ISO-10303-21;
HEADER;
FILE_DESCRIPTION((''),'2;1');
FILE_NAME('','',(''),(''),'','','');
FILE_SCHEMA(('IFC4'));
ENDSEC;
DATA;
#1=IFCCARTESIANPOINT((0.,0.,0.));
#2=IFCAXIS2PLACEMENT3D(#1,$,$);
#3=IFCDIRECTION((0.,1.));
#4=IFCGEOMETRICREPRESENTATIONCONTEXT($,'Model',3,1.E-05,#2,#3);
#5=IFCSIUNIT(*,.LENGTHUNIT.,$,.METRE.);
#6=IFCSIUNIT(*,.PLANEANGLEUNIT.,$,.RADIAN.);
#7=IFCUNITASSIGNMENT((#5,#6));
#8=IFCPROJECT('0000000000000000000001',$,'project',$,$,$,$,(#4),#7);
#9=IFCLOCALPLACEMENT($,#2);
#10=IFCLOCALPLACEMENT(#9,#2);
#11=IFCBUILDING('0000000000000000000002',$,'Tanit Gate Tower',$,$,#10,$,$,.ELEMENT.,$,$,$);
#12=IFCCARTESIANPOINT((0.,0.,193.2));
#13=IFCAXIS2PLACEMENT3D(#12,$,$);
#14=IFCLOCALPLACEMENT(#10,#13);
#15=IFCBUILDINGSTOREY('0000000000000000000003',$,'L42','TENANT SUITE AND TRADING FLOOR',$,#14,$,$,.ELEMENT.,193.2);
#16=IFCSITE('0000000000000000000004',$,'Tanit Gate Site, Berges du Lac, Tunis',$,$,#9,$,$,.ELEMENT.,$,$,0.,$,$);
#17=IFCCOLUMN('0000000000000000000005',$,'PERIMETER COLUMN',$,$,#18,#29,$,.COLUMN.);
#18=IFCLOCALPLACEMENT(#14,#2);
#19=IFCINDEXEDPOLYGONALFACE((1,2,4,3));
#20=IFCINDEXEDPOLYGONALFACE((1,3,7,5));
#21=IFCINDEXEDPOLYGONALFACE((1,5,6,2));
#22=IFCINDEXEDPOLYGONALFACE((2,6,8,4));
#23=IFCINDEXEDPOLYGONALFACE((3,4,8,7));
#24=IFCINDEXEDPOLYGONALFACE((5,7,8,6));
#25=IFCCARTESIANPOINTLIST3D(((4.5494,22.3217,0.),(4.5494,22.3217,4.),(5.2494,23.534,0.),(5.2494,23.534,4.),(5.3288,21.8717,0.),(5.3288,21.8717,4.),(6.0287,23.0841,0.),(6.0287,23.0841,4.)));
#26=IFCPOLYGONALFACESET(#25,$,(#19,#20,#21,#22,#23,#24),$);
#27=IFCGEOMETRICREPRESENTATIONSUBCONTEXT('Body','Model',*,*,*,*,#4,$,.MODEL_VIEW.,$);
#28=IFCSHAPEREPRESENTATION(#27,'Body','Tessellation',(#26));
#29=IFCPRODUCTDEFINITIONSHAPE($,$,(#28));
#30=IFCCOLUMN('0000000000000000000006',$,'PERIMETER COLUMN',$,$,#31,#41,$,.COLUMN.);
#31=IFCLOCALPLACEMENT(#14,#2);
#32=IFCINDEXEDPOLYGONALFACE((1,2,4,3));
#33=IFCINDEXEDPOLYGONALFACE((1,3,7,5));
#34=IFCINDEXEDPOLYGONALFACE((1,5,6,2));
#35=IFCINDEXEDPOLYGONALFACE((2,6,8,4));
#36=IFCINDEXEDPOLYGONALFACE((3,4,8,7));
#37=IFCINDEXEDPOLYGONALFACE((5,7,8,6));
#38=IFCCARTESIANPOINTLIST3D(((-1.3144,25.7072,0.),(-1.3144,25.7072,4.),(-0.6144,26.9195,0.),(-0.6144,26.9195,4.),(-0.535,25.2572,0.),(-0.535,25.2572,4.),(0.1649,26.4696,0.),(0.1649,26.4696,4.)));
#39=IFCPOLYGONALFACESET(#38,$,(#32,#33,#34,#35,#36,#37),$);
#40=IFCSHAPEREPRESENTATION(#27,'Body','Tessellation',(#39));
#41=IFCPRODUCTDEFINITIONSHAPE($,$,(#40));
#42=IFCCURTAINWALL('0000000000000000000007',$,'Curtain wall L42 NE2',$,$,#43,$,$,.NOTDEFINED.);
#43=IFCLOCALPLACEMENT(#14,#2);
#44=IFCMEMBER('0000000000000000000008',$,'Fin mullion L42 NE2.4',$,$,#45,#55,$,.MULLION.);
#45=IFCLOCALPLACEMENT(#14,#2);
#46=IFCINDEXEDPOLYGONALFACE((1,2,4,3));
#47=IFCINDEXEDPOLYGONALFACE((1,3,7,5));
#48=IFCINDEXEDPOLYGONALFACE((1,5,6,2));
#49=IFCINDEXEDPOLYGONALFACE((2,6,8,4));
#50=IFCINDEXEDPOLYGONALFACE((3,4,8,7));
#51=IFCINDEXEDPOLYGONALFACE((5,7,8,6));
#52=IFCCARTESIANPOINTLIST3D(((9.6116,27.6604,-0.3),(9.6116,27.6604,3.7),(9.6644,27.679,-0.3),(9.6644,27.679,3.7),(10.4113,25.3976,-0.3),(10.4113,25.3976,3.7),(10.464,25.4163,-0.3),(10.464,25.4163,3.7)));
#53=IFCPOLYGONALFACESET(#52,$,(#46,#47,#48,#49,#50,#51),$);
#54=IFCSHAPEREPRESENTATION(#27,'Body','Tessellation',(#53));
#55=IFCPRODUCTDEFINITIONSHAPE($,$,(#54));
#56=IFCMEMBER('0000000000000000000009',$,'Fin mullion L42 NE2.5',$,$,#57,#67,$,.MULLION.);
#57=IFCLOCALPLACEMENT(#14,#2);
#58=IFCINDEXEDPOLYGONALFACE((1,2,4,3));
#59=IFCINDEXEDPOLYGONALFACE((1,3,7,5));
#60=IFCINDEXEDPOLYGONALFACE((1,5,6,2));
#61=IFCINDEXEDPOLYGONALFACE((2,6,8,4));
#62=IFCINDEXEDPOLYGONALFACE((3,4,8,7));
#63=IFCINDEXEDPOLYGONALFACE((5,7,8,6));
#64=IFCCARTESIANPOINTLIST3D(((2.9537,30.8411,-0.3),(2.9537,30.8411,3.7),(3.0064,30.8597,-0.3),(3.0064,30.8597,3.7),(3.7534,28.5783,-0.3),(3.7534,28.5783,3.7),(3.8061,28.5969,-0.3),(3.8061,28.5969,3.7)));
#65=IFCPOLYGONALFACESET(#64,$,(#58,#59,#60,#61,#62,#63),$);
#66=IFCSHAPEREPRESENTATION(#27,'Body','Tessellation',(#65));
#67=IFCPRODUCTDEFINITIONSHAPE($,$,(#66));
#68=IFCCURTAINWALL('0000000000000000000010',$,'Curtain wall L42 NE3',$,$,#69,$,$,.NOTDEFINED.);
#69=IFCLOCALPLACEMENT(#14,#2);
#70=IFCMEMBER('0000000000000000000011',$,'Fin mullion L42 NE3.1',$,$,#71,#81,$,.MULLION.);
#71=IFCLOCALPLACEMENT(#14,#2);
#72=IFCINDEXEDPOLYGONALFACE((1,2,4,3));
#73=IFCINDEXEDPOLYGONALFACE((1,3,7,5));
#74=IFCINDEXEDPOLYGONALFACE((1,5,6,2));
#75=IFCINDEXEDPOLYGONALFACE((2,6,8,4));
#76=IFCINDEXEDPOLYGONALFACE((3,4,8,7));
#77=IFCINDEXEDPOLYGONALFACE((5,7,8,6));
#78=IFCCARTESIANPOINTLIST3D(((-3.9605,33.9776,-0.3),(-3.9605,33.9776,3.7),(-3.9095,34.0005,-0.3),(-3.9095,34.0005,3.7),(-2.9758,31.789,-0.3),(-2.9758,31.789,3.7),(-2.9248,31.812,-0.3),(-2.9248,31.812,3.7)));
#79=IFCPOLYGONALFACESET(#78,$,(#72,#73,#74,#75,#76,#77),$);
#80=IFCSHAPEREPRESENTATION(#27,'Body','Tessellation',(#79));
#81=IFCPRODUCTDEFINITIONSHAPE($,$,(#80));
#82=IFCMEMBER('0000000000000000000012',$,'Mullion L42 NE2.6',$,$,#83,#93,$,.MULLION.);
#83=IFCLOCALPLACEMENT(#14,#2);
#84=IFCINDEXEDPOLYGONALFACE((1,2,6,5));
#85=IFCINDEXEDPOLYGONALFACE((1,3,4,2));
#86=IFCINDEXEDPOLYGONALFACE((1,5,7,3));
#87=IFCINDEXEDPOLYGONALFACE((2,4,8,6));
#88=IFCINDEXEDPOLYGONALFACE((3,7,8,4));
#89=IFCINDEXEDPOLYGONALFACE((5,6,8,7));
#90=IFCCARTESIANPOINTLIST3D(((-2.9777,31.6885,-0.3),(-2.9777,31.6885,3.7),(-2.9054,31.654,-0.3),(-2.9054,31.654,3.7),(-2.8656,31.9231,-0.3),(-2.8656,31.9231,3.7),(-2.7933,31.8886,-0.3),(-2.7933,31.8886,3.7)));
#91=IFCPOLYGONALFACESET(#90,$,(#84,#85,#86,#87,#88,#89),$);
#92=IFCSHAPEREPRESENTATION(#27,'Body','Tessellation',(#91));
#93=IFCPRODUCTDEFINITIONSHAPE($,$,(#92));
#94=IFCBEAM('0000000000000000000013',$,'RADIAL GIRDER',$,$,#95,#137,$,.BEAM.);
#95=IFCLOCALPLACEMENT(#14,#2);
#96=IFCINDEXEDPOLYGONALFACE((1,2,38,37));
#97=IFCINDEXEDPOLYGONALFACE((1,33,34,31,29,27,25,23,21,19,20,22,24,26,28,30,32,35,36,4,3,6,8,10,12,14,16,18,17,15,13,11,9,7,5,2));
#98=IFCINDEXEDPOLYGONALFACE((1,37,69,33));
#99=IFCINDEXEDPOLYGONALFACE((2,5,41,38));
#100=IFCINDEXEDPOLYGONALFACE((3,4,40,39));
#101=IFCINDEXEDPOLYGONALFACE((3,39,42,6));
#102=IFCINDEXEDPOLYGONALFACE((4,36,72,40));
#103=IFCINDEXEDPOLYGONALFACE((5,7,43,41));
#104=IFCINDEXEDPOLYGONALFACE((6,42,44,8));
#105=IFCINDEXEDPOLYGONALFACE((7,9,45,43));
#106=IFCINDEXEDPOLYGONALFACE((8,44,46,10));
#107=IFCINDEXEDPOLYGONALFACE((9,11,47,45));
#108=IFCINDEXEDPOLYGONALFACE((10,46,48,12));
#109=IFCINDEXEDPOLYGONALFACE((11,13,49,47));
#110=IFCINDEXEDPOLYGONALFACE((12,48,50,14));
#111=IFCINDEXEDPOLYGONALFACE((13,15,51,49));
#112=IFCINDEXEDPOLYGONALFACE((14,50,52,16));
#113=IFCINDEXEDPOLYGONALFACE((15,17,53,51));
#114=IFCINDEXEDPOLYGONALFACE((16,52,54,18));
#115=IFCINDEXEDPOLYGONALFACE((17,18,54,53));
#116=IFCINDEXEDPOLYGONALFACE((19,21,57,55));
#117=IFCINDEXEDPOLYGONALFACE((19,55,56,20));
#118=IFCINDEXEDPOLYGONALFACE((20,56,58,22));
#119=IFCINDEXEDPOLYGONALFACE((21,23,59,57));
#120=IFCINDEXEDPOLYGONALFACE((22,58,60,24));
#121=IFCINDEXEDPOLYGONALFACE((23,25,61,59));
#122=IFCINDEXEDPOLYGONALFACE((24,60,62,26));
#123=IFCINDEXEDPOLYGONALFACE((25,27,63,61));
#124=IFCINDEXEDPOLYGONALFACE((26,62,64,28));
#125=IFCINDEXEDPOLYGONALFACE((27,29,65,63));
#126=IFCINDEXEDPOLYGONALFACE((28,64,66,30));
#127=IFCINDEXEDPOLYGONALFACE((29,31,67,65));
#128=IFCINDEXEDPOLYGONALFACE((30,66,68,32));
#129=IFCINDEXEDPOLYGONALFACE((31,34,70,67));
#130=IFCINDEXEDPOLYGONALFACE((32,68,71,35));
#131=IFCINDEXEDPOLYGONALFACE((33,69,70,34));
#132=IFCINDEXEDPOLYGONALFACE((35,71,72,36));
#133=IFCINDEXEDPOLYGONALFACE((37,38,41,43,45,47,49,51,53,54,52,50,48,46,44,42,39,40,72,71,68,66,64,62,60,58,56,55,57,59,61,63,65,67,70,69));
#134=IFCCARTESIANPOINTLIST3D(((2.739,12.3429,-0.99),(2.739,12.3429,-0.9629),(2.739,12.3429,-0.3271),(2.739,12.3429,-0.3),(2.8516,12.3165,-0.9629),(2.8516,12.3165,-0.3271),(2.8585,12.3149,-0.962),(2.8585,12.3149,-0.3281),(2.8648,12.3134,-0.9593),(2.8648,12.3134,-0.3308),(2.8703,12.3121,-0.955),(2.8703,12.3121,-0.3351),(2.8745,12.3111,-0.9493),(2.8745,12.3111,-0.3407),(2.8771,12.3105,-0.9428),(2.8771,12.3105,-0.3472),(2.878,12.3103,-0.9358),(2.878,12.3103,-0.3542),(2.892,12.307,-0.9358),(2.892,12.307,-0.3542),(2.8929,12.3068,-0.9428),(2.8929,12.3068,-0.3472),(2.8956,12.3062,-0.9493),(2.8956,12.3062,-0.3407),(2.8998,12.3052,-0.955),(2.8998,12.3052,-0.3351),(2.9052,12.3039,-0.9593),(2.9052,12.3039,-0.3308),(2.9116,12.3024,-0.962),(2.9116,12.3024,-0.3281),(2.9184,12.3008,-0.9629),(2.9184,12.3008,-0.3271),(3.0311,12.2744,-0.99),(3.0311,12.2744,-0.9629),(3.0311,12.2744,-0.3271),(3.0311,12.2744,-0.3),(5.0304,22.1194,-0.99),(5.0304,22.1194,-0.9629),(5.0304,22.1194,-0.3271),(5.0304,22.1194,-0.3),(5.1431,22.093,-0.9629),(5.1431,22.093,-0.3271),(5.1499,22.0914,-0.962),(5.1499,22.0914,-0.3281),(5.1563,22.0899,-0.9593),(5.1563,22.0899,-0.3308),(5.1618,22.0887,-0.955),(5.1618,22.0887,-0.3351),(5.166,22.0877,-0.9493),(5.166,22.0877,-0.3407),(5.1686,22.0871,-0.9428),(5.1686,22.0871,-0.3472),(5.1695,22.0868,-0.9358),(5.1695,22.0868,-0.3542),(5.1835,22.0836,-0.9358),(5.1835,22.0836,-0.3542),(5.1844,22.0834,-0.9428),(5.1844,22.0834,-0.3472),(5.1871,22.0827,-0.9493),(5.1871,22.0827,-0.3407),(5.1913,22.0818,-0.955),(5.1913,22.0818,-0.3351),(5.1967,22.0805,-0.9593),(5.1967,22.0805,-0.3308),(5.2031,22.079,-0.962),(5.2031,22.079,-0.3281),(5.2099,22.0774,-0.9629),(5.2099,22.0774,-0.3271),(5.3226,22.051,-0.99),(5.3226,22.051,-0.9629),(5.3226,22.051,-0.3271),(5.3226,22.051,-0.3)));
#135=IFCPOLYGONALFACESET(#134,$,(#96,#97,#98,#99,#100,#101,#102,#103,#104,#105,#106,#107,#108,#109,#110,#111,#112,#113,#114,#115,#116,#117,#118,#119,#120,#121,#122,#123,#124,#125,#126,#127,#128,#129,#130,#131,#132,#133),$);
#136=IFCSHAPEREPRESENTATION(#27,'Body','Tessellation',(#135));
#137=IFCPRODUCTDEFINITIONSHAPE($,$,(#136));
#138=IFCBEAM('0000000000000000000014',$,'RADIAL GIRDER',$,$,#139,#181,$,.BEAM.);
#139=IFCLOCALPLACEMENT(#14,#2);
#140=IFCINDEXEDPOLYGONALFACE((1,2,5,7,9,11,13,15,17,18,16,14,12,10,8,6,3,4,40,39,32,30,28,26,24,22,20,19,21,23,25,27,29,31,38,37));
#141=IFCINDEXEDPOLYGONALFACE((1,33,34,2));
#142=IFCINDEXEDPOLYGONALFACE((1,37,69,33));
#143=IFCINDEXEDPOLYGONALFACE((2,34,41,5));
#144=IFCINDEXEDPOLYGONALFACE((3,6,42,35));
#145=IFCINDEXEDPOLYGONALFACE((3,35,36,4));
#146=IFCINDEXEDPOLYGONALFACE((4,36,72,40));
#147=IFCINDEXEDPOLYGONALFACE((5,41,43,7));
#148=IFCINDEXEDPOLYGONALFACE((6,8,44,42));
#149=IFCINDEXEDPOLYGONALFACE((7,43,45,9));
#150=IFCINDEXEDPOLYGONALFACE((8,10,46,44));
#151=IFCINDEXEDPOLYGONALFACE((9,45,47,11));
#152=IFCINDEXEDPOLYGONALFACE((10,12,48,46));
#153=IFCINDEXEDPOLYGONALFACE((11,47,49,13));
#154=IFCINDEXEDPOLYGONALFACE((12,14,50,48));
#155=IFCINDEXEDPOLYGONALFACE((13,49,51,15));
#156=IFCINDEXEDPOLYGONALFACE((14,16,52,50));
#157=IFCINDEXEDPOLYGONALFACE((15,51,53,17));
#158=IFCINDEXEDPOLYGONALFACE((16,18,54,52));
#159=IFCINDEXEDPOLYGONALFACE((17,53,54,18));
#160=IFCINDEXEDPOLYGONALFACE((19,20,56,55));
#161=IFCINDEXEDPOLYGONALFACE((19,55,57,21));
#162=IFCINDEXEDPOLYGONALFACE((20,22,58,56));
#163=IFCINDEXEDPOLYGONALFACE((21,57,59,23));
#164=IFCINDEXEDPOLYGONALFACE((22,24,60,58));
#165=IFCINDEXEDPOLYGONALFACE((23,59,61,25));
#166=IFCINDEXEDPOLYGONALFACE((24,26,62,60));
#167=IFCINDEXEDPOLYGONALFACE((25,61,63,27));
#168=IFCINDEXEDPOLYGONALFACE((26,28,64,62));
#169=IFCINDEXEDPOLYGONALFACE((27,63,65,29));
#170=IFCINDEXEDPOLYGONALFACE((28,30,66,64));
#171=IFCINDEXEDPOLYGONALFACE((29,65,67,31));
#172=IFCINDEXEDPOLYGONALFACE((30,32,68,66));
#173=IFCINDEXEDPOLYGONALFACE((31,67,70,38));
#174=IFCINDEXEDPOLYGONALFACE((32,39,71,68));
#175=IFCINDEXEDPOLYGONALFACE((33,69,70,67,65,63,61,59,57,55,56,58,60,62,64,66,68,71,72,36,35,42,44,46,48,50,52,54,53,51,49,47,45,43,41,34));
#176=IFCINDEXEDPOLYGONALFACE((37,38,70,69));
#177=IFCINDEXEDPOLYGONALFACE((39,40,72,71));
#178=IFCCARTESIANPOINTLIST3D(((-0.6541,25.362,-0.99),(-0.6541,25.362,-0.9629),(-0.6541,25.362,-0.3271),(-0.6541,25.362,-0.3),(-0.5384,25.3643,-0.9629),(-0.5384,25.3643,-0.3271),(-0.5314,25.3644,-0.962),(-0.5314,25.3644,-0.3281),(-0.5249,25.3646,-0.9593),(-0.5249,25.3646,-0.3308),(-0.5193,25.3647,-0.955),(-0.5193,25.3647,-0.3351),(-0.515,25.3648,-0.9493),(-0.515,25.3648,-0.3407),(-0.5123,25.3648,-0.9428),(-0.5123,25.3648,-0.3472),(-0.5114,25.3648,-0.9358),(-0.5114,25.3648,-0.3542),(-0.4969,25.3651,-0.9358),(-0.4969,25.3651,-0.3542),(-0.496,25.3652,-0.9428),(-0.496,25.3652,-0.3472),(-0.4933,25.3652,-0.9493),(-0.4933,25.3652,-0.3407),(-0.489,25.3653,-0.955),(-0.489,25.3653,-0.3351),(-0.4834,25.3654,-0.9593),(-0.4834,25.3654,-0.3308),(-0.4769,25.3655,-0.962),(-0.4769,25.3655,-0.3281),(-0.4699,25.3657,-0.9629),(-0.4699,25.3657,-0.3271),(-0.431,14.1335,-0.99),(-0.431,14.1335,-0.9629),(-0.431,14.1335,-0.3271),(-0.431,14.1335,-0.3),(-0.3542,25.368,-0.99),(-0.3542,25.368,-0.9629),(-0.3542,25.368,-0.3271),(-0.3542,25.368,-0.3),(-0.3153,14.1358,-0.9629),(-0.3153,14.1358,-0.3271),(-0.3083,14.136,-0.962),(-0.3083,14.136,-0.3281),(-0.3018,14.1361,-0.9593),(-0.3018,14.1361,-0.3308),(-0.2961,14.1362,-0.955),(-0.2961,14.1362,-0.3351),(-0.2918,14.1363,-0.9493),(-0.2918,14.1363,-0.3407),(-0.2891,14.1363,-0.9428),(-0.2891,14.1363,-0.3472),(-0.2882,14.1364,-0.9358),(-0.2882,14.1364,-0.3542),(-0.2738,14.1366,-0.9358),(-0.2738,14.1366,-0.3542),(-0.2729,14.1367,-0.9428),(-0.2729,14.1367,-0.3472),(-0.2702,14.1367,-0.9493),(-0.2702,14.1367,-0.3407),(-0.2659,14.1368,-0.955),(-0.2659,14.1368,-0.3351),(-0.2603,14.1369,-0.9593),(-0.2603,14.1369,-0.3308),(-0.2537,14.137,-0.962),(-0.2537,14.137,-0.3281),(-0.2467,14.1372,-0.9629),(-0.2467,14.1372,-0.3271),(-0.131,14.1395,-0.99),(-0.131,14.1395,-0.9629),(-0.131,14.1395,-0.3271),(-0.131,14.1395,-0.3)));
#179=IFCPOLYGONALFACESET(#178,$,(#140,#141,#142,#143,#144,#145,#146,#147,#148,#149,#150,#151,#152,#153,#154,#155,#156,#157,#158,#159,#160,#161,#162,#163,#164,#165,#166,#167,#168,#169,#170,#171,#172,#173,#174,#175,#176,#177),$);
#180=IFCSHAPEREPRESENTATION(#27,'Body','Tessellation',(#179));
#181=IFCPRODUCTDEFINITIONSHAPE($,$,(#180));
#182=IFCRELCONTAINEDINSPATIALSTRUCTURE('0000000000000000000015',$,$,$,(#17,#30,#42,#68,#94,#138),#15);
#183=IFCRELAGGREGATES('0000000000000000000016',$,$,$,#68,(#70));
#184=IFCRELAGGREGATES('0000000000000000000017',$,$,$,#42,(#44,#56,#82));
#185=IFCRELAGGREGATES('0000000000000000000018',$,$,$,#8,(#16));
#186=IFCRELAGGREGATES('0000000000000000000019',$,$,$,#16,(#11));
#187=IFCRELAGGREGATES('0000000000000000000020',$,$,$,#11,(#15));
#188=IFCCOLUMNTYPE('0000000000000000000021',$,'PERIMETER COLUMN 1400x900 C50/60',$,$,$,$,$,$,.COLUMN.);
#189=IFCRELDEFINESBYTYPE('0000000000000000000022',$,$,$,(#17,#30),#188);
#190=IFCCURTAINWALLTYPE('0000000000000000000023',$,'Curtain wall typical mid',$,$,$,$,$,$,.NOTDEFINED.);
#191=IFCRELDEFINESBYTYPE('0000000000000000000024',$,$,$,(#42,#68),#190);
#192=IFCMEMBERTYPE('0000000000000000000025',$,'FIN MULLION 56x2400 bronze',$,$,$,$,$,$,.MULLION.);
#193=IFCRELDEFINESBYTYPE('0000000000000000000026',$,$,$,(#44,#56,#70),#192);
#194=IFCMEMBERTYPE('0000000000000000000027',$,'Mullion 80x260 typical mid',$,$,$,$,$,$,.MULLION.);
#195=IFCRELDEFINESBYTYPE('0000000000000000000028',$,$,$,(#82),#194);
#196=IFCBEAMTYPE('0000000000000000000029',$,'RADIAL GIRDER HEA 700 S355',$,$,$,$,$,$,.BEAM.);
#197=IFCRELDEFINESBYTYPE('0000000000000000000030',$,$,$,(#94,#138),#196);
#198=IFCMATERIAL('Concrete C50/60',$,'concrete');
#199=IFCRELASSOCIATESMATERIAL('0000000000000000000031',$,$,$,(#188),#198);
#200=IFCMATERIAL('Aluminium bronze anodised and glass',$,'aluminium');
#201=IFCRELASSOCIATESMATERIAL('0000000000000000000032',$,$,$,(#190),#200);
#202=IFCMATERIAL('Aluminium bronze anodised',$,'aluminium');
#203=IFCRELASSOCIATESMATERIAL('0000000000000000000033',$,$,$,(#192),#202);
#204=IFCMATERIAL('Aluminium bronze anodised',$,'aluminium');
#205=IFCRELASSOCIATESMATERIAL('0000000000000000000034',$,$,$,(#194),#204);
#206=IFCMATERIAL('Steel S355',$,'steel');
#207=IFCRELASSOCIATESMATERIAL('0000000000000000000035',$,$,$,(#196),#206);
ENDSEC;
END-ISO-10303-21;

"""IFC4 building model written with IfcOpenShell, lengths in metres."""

from ifc_helpers import new_model, si_unit, direction, frame, origin, origin_2d, place, context, subcontext, project, spatial, rectangle, i_section, extrude, material, material_profile, profile_set, type_object, element, aggregate, save


model = new_model("IFC4")

# Units and contexts
model_context = context("Model", 3, precision=1e-05, world=origin(), true_north=direction((0.0, 1.0)))
body_context = subcontext(model_context, "Body", "Model", "MODEL_VIEW")
ifc_project = project(units=[si_unit("LENGTHUNIT", "METRE"), si_unit("PLANEANGLEUNIT", "RADIAN")], contexts=[model_context])

# Site, building, storey
site_placement = place(None, origin())
site = spatial("IfcSite", under=ifc_project, at=site_placement, Name="Tanit Gate Site, Berges du Lac, Tunis", CompositionType="ELEMENT", RefElevation=0.0)
building_placement = place(site_placement, origin())
building = spatial("IfcBuilding", under=site, at=building_placement, Name="Tanit Gate Tower", CompositionType="ELEMENT")
storey_placement = place(building_placement, frame((0.0, 0.0, 193.2)))
storey = spatial("IfcBuildingStorey", under=building, at=storey_placement, Name="L42", Description="TENANT SUITE AND TRADING FLOOR", CompositionType="ELEMENT", Elevation=193.2)

# Columns
ifc_material_1 = material(Name="Concrete C50/60", Category="concrete")
ifc_material_profile_1 = material_profile(ifc_material_1, rectangle(XDim=1.3999, YDim=0.8999, at=origin_2d()), Name="RC 1400x900")
ifc_profile_set_1 = profile_set([ifc_material_profile_1], Name="Concrete C50/60")
column_type = type_object("IfcColumnType", Name="PERIMETER COLUMN 1400x900 C50/60", PredefinedType="COLUMN", material=ifc_profile_set_1)
for number, where, z_axis, x_axis, name in (
    (1, (5.2891, 22.7029, 0.0), (0.0, 0.0, 1.0), (0.5, 0.866025, 0.0), "PERIMETER COLUMN"),
    (2, (-0.5747, 26.0884, 0.0), (0.0, 0.0, 1.0), (0.5, 0.866025, 0.0), "PERIMETER COLUMN"),
):
    element("IfcColumn", number, at=place(storey_placement, frame(where, z_axis=z_axis, x_axis=x_axis)), inside=storey, type_object=column_type, Name=name, PredefinedType="COLUMN", context=body_context, shape_type="SweptSolid", body=[
        extrude(rectangle(XDim=1.3999, YDim=0.8999, at=origin_2d()), origin(), (0.0, 0.0, 1.0), 4.0),
    ])

# Curtain wall, members
ifc_material_2 = material(Name="Aluminium bronze anodised and glass", Category="aluminium")
curtain_wall_type = type_object("IfcCurtainWallType", Name="Curtain wall typical mid", PredefinedType="NOTDEFINED", material=ifc_material_2)
curtain_wall_1_placement = place(storey_placement, origin())
curtain_wall_1 = element("IfcCurtainWall", 3, at=curtain_wall_1_placement, inside=storey, type_object=curtain_wall_type, Name="Curtain wall L42 NE2", PredefinedType="NOTDEFINED")
ifc_material_3 = material(Name="Aluminium bronze anodised", Category="aluminium")
ifc_material_profile_2 = material_profile(ifc_material_3, rectangle(XDim=2.3999, YDim=0.0559, at=origin_2d()), Name="56x2400 bronze fin mullion")
ifc_profile_set_2 = profile_set([ifc_material_profile_2], Name="Aluminium bronze anodised")
member_type_1 = type_object("IfcMemberType", Name="FIN MULLION 56x2400 bronze", PredefinedType="MULLION", material=ifc_profile_set_2)
member_1_placement = place(storey_placement, frame((10.0378, 26.5383, -0.3), z_axis=(0.0, 0.0, 1.0), x_axis=(0.33322, -0.942849, 0.0)))
member_1 = element("IfcMember", 4, at=member_1_placement, type_object=member_type_1, Name="Fin mullion L42 NE2.4", PredefinedType="MULLION", context=body_context, shape_type="SweptSolid", body=[
    extrude(rectangle(XDim=2.3999, YDim=0.0559, at=origin_2d()), origin(), (0.0, 0.0, 1.0), 4.0),
])
member_2_placement = place(storey_placement, frame((3.3799, 29.719, -0.3), z_axis=(0.0, 0.0, 1.0), x_axis=(0.33322, -0.942849, 0.0)))
member_2 = element("IfcMember", 5, at=member_2_placement, type_object=member_type_1, Name="Fin mullion L42 NE2.5", PredefinedType="MULLION", context=body_context, shape_type="SweptSolid", body=[
    extrude(rectangle(XDim=2.3999, YDim=0.0559, at=origin_2d()), origin(), (0.0, 0.0, 1.0), 4.0),
])

# Curtain wall, member
curtain_wall_2_placement = place(storey_placement, origin())
curtain_wall_2 = element("IfcCurtainWall", 6, at=curtain_wall_2_placement, inside=storey, type_object=curtain_wall_type, Name="Curtain wall L42 NE3", PredefinedType="NOTDEFINED")
member_3_placement = place(storey_placement, frame((-3.4426, 32.8948, -0.3), z_axis=(0.0, 0.0, 1.0), x_axis=(0.41031, -0.911946, 0.0)))
member_3 = element("IfcMember", 7, at=member_3_placement, type_object=member_type_1, Name="Fin mullion L42 NE3.1", PredefinedType="MULLION", context=body_context, shape_type="SweptSolid", body=[
    extrude(rectangle(XDim=2.3999, YDim=0.0559, at=origin_2d()), origin(), (0.0, 0.0, 1.0), 4.0),
])

# Member
ifc_material_4 = material(Name="Aluminium bronze anodised", Category="aluminium")
ifc_material_profile_3 = material_profile(ifc_material_4, rectangle(XDim=0.26, YDim=0.0801, at=origin_2d()), Name="80x260 bronze mullion")
ifc_profile_set_3 = profile_set([ifc_material_profile_3], Name="Aluminium bronze anodised")
member_type_2 = type_object("IfcMemberType", Name="Mullion 80x260 typical mid", PredefinedType="MULLION", material=ifc_profile_set_3)
member_4_placement = place(storey_placement, frame((-2.8855, 31.7886, -0.3), z_axis=(0.0, 0.0, 1.0), x_axis=(-0.431073, -0.902317, 0.0)))
member_4 = element("IfcMember", 8, at=member_4_placement, type_object=member_type_2, Name="Mullion L42 NE2.6", PredefinedType="MULLION", context=body_context, shape_type="SweptSolid", body=[
    extrude(rectangle(XDim=0.26, YDim=0.0801, at=origin_2d()), origin(), (0.0, 0.0, 1.0), 4.0),
])

# Beams
ifc_material_5 = material(Name="Steel S355", Category="steel")
ifc_material_profile_4 = material_profile(ifc_material_5, i_section(OverallWidth=0.3, OverallDepth=0.6899, WebThickness=0.0144, FlangeThickness=0.0271, FilletRadius=0.0271, at=origin_2d()), Name="HEA 700")
ifc_profile_set_4 = profile_set([ifc_material_profile_4], Name="Steel S355")
beam_type_1 = type_object("IfcBeamType", Name="RADIAL GIRDER HEA 700 S355", PredefinedType="BEAM", material=ifc_profile_set_4)
beam_1_placement = place(storey_placement, frame((5.1765, 22.0852, -0.645), z_axis=(-0.228202, -0.973614, 0.0), x_axis=(0.973614, -0.228202, 0.0)))
element("IfcBeam", 9, at=beam_1_placement, inside=storey, type_object=beam_type_1, Name="RADIAL GIRDER", PredefinedType="BEAM", context=body_context, shape_type="SweptSolid", body=[
    extrude(i_section(OverallWidth=0.3, OverallDepth=0.6899, WebThickness=0.0144, FlangeThickness=0.0271, FilletRadius=0.0271, at=origin_2d()), origin(), (0.0, 0.0, 1.0), 10.0415),
])
beam_2_placement = place(storey_placement, frame((-0.5042, 25.365, -0.645), z_axis=(0.019869, -0.999803, 0.0), x_axis=(0.999803, 0.019869, 0.0)))
element("IfcBeam", 10, at=beam_2_placement, inside=storey, type_object=beam_type_1, Name="RADIAL GIRDER", PredefinedType="BEAM", context=body_context, shape_type="SweptSolid", body=[
    extrude(i_section(OverallWidth=0.3, OverallDepth=0.6899, WebThickness=0.0144, FlangeThickness=0.0271, FilletRadius=0.0271, at=origin_2d()), origin(), (0.0, 0.0, 1.0), 11.2307),
])

aggregate(curtain_wall_2, [member_3])

aggregate(curtain_wall_1, [member_1, member_2, member_4])

save(model, "model.ifc")
